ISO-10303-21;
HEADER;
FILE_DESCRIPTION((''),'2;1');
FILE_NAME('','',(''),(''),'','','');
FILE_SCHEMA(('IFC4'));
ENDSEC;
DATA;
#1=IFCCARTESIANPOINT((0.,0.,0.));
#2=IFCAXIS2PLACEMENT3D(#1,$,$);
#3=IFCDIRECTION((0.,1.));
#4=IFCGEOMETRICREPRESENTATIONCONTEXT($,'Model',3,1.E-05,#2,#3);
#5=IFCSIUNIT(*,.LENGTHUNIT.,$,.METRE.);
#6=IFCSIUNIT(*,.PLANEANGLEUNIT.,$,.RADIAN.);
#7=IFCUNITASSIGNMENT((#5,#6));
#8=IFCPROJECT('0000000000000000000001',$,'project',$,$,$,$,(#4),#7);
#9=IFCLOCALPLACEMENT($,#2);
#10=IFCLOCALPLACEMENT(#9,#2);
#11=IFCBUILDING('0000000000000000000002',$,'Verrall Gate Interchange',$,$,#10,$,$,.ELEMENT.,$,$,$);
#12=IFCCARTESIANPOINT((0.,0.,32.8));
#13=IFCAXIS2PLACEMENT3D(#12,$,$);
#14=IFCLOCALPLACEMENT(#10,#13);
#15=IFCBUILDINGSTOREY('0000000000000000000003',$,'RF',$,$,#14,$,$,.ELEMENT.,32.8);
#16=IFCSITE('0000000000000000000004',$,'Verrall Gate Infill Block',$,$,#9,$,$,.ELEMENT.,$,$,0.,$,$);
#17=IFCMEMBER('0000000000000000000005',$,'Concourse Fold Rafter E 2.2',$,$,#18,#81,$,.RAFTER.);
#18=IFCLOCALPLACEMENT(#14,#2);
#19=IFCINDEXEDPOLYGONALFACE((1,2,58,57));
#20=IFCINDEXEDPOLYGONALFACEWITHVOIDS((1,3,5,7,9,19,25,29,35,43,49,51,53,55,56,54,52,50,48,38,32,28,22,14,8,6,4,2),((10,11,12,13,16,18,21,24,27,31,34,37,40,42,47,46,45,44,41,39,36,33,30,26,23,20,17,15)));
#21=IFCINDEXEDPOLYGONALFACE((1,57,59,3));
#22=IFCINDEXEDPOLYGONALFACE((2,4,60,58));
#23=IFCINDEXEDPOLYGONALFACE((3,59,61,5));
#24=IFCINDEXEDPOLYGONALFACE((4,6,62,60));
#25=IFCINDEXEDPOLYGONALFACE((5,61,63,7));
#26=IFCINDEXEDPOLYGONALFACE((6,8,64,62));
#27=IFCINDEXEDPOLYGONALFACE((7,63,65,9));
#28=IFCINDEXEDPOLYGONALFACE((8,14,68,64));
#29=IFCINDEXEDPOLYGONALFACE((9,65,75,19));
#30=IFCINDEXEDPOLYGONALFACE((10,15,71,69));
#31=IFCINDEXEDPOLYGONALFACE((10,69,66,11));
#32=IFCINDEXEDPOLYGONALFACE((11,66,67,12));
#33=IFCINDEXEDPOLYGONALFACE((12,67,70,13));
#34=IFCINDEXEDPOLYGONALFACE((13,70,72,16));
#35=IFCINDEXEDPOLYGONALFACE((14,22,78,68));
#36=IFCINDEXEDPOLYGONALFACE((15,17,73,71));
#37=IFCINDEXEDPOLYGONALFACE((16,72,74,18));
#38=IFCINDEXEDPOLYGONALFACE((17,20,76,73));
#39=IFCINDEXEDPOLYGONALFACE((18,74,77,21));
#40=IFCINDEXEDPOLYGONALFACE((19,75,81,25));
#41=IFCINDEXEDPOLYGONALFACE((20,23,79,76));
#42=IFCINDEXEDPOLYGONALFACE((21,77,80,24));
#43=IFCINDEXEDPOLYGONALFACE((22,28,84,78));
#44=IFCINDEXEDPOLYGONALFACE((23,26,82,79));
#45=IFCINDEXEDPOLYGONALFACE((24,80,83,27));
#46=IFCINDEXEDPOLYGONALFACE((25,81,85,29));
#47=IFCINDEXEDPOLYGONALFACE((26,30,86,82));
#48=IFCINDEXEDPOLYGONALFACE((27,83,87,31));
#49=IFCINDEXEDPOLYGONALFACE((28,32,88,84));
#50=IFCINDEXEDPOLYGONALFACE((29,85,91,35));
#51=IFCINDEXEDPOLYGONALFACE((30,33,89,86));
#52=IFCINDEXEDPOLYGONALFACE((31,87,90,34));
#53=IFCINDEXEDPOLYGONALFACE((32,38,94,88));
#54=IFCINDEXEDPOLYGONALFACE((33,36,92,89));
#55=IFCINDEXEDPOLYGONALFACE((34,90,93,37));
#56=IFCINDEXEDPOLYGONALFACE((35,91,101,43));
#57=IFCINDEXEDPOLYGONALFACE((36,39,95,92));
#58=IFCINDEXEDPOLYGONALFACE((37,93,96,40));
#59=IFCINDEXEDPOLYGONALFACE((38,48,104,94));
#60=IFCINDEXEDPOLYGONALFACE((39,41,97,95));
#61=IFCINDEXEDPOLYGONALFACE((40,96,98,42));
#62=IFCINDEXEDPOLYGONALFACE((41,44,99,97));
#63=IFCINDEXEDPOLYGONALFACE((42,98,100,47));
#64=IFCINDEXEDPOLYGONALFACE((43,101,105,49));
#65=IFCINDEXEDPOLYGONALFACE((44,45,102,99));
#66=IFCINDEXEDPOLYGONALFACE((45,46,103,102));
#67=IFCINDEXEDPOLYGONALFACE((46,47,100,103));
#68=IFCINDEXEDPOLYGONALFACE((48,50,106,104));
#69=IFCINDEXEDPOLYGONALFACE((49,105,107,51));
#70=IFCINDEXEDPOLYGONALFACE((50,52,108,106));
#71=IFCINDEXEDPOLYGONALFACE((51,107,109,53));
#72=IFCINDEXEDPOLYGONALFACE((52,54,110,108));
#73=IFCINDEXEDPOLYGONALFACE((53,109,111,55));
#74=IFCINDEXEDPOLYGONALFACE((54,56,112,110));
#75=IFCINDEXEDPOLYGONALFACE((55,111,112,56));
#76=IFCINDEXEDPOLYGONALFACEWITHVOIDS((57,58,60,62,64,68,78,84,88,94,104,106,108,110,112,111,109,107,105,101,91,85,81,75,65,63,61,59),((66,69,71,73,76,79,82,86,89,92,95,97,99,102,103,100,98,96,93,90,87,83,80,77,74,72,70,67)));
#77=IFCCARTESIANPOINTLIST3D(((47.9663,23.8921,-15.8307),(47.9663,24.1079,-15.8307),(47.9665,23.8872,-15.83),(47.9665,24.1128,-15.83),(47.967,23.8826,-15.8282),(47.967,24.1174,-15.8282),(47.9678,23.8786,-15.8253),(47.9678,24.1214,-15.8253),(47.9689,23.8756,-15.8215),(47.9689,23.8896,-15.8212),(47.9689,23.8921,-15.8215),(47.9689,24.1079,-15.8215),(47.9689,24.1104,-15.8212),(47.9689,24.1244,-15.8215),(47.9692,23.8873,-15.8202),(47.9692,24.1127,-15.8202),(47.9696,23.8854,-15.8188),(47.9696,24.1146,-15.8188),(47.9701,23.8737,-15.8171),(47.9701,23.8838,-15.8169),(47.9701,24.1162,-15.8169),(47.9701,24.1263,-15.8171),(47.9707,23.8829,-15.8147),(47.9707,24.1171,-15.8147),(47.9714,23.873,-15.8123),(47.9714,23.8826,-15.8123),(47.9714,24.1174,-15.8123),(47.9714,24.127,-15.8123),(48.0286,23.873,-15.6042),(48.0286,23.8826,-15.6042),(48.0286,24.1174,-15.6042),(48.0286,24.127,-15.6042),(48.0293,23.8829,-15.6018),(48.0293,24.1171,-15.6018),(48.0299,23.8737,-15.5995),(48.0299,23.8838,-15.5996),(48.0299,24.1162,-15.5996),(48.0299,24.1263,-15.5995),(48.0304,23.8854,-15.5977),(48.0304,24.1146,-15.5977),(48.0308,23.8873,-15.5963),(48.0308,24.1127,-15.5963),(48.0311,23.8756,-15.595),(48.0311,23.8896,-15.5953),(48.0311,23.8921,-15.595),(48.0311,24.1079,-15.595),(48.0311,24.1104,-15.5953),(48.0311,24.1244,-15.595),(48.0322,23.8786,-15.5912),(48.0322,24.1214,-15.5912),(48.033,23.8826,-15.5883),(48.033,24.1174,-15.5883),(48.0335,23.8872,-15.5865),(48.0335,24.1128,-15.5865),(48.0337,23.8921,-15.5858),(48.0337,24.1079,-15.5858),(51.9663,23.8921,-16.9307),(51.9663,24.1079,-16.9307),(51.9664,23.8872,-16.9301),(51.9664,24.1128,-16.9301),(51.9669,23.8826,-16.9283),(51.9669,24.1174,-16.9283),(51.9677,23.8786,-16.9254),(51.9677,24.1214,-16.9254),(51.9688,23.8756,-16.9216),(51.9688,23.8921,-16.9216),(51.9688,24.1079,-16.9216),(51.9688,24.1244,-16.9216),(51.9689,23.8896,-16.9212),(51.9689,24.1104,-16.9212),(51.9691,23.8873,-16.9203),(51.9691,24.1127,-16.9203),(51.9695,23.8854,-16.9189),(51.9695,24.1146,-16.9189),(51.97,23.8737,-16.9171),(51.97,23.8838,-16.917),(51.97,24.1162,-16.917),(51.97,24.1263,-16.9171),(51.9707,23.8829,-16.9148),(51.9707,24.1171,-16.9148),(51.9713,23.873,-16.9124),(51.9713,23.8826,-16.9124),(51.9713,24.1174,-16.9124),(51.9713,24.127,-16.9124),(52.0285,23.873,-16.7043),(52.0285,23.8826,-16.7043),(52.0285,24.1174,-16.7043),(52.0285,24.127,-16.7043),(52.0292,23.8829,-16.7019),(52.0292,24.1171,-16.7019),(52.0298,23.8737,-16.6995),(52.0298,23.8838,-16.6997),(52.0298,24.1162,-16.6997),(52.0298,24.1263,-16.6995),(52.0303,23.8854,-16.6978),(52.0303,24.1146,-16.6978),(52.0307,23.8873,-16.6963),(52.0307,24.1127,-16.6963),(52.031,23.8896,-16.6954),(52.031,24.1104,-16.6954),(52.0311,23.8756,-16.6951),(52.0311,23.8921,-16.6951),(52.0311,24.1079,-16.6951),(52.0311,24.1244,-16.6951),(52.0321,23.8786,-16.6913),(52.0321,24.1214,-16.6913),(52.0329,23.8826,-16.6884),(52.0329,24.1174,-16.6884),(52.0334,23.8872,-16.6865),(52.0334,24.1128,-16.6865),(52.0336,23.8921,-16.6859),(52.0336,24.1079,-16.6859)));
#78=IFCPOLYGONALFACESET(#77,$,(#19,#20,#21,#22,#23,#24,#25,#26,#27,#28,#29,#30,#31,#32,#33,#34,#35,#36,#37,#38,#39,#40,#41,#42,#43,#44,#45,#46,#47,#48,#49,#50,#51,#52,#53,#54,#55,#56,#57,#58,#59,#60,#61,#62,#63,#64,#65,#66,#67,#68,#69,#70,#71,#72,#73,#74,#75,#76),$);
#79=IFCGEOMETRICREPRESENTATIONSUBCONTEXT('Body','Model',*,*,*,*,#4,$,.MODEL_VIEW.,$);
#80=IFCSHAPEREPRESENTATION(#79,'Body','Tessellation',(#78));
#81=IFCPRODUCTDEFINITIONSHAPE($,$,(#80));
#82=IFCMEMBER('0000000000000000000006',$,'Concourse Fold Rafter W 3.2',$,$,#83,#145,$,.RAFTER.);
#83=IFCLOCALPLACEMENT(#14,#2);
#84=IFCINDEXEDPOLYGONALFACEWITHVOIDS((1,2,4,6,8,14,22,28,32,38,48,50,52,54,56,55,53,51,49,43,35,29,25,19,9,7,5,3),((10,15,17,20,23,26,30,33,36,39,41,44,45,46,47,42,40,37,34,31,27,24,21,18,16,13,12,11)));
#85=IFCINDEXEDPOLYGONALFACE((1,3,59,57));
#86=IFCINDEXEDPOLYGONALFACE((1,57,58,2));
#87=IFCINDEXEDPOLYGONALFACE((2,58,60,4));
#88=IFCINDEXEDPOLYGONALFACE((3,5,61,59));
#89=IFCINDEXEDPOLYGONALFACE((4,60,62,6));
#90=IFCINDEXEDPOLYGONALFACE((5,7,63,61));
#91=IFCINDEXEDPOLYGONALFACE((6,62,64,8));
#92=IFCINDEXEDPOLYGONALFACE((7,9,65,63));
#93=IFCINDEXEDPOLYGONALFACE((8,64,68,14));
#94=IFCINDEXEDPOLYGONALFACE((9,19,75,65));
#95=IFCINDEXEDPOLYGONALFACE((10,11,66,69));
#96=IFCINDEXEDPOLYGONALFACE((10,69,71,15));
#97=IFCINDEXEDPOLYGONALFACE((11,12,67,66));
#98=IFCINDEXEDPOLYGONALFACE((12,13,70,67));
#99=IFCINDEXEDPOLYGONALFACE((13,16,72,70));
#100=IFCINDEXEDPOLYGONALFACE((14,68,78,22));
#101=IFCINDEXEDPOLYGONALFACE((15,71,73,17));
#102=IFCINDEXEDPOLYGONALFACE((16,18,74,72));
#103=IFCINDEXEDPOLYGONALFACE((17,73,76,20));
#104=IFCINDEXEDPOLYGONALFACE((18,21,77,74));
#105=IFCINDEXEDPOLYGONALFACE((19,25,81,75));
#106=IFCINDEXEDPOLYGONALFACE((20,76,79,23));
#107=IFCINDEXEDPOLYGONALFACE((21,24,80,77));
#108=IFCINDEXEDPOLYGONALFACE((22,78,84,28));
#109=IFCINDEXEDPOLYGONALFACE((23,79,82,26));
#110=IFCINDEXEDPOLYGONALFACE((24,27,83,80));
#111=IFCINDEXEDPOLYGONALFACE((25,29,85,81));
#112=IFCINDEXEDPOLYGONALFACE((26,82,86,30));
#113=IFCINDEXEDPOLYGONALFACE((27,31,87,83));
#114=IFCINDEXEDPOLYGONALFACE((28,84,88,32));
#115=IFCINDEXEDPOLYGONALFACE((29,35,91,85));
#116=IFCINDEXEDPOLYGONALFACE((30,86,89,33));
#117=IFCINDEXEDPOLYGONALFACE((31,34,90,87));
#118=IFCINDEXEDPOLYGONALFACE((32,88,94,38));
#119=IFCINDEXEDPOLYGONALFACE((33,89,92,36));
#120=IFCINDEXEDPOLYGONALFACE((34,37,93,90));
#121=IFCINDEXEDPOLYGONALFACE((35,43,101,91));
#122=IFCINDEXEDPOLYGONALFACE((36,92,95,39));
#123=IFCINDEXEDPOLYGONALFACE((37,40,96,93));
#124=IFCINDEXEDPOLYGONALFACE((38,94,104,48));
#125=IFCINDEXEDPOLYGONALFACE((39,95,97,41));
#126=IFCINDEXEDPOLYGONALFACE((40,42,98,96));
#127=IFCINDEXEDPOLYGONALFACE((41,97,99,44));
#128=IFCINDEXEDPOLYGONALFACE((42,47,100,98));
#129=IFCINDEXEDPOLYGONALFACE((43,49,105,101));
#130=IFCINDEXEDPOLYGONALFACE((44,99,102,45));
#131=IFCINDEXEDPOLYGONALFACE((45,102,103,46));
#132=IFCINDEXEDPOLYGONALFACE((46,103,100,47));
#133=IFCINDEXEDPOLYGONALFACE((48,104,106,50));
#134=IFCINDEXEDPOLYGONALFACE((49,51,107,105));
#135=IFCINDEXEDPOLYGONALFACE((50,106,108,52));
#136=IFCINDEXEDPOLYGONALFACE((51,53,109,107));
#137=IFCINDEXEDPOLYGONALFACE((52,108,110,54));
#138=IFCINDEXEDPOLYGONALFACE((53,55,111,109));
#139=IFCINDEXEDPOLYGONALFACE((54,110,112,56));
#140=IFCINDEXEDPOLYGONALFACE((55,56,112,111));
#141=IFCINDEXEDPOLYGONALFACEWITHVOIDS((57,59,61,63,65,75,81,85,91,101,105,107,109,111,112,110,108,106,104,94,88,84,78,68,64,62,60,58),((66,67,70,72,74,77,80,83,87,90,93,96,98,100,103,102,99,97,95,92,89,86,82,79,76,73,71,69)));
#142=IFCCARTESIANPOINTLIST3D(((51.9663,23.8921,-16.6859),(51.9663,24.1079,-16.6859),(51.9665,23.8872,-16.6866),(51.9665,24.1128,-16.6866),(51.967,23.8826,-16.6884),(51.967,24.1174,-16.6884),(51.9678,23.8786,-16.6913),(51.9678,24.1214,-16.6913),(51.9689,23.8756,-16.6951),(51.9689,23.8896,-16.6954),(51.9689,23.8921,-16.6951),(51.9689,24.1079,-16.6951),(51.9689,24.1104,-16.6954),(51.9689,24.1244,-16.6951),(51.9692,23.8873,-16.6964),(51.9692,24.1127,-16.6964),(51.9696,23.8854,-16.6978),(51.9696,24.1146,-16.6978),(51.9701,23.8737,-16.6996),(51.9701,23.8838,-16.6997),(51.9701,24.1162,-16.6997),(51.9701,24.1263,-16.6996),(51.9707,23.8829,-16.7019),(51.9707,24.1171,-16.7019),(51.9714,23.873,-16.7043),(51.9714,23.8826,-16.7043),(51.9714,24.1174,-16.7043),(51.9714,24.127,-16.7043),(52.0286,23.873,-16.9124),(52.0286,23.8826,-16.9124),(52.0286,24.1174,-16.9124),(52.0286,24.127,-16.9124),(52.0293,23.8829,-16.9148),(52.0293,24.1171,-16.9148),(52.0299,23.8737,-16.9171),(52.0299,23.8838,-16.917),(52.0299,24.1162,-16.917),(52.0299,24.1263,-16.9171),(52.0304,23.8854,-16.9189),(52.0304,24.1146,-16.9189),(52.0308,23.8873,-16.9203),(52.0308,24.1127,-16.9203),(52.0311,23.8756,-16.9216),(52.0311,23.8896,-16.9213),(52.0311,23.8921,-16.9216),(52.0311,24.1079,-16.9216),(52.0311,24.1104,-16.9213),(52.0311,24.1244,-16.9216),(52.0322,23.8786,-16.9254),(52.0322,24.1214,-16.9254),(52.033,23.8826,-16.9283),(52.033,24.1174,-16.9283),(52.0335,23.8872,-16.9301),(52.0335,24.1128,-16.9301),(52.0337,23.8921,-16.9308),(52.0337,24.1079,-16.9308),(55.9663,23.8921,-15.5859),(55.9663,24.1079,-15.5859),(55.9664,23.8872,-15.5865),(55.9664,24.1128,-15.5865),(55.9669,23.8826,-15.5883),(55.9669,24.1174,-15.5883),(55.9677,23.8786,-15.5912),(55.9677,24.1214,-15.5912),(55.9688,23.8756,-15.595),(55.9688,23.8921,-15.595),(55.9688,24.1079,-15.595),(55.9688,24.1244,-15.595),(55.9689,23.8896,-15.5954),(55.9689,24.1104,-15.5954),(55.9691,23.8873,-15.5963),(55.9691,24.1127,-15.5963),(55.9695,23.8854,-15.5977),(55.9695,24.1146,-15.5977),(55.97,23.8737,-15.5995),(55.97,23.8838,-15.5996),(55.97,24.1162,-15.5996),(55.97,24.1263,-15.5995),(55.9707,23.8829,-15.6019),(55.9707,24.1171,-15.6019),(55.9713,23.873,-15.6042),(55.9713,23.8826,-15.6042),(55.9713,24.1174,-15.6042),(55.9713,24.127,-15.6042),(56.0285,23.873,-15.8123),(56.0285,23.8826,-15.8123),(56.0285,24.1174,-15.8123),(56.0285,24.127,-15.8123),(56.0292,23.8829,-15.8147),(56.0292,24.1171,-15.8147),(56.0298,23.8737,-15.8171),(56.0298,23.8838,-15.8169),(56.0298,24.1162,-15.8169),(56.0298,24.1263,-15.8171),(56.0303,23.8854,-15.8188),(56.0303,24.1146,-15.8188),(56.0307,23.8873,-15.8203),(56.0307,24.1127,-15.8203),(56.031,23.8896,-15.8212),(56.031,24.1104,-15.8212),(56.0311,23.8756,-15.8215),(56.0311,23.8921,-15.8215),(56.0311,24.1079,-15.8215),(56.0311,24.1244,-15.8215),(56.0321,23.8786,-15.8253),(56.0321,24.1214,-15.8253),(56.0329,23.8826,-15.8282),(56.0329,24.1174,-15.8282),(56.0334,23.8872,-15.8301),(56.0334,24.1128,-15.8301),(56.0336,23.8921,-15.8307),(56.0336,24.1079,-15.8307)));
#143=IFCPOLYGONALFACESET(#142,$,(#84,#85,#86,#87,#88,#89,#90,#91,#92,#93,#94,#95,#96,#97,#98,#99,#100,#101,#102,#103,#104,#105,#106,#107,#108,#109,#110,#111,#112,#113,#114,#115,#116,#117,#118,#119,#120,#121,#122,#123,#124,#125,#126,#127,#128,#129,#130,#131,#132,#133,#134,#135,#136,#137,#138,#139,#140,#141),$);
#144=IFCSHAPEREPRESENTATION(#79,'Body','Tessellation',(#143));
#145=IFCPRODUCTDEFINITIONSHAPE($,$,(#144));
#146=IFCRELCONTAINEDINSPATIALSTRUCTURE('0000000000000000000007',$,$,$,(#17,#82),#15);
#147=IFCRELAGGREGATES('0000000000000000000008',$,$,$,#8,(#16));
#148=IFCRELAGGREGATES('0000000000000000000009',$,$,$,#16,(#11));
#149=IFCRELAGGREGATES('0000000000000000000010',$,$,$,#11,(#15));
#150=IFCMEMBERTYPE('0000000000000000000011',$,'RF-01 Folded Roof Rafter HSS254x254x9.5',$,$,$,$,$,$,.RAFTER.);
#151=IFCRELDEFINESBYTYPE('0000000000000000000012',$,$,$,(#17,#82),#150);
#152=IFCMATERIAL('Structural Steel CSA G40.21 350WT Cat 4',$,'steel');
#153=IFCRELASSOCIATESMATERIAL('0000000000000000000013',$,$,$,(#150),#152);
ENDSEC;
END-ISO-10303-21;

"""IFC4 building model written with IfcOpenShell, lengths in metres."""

from ifc_helpers import new_model, si_unit, direction, frame, origin, origin_2d, place, context, subcontext, project, spatial, hollow_rectangle, extrude, material, material_profile, profile_set, type_object, element, save


model = new_model("IFC4")

# Units and contexts
model_context = context("Model", 3, precision=1e-05, world=origin(), true_north=direction((0.0, 1.0)))
body_context = subcontext(model_context, "Body", "Model", "MODEL_VIEW")
ifc_project = project(units=[si_unit("LENGTHUNIT", "METRE"), si_unit("PLANEANGLEUNIT", "RADIAN")], contexts=[model_context])

# Site, building, storey
site_placement = place(None, origin())
site = spatial("IfcSite", under=ifc_project, at=site_placement, Name="Verrall Gate Infill Block", CompositionType="ELEMENT", RefElevation=0.0)
building_placement = place(site_placement, origin())
building = spatial("IfcBuilding", under=site, at=building_placement, Name="Verrall Gate Interchange", CompositionType="ELEMENT")
storey_placement = place(building_placement, frame((0.0, 0.0, 32.8)))
storey = spatial("IfcBuildingStorey", under=building, at=storey_placement, Name="RF", CompositionType="ELEMENT", Elevation=32.8)

# Members
ifc_material_1 = material(Name="Structural Steel CSA G40.21 350WT Cat 4", Category="steel")
ifc_material_profile_1 = material_profile(ifc_material_1, hollow_rectangle(XDim=0.2539, YDim=0.2539, WallThickness=0.0095, InnerFilletRadius=0.0095, OuterFilletRadius=0.019, at=origin_2d()), Name="HSS254x254x9.5")
ifc_profile_set_1 = profile_set([ifc_material_profile_1], Name="Structural Steel CSA G40.21 350WT Cat 4")
member_type_1 = type_object("IfcMemberType", Name="RF-01 Folded Roof Rafter HSS254x254x9.5", PredefinedType="RAFTER", material=ifc_profile_set_1)
for number, where, z_axis, x_axis, name in (
    (1, (48.0, 24.0, -15.7083), (0.964199, 0.0, -0.265178), (0.0, 1.0, 0.0), "Concourse Fold Rafter E 2.2"),
    (2, (52.0, 24.0, -16.8083), (0.964199, 0.0, 0.265178), (0.0, 1.0, 0.0), "Concourse Fold Rafter W 3.2"),
):
    element("IfcMember", number, at=place(storey_placement, frame(where, z_axis=z_axis, x_axis=x_axis)), inside=storey, type_object=member_type_1, Name=name, PredefinedType="RAFTER", context=body_context, shape_type="SweptSolid", body=[
        extrude(hollow_rectangle(XDim=0.2539, YDim=0.2539, WallThickness=0.0095, InnerFilletRadius=0.0095, OuterFilletRadius=0.019, at=origin_2d()), origin(), (0.0, 0.0, 1.0), 4.1484),
    ])

save(model, "model.ifc")
